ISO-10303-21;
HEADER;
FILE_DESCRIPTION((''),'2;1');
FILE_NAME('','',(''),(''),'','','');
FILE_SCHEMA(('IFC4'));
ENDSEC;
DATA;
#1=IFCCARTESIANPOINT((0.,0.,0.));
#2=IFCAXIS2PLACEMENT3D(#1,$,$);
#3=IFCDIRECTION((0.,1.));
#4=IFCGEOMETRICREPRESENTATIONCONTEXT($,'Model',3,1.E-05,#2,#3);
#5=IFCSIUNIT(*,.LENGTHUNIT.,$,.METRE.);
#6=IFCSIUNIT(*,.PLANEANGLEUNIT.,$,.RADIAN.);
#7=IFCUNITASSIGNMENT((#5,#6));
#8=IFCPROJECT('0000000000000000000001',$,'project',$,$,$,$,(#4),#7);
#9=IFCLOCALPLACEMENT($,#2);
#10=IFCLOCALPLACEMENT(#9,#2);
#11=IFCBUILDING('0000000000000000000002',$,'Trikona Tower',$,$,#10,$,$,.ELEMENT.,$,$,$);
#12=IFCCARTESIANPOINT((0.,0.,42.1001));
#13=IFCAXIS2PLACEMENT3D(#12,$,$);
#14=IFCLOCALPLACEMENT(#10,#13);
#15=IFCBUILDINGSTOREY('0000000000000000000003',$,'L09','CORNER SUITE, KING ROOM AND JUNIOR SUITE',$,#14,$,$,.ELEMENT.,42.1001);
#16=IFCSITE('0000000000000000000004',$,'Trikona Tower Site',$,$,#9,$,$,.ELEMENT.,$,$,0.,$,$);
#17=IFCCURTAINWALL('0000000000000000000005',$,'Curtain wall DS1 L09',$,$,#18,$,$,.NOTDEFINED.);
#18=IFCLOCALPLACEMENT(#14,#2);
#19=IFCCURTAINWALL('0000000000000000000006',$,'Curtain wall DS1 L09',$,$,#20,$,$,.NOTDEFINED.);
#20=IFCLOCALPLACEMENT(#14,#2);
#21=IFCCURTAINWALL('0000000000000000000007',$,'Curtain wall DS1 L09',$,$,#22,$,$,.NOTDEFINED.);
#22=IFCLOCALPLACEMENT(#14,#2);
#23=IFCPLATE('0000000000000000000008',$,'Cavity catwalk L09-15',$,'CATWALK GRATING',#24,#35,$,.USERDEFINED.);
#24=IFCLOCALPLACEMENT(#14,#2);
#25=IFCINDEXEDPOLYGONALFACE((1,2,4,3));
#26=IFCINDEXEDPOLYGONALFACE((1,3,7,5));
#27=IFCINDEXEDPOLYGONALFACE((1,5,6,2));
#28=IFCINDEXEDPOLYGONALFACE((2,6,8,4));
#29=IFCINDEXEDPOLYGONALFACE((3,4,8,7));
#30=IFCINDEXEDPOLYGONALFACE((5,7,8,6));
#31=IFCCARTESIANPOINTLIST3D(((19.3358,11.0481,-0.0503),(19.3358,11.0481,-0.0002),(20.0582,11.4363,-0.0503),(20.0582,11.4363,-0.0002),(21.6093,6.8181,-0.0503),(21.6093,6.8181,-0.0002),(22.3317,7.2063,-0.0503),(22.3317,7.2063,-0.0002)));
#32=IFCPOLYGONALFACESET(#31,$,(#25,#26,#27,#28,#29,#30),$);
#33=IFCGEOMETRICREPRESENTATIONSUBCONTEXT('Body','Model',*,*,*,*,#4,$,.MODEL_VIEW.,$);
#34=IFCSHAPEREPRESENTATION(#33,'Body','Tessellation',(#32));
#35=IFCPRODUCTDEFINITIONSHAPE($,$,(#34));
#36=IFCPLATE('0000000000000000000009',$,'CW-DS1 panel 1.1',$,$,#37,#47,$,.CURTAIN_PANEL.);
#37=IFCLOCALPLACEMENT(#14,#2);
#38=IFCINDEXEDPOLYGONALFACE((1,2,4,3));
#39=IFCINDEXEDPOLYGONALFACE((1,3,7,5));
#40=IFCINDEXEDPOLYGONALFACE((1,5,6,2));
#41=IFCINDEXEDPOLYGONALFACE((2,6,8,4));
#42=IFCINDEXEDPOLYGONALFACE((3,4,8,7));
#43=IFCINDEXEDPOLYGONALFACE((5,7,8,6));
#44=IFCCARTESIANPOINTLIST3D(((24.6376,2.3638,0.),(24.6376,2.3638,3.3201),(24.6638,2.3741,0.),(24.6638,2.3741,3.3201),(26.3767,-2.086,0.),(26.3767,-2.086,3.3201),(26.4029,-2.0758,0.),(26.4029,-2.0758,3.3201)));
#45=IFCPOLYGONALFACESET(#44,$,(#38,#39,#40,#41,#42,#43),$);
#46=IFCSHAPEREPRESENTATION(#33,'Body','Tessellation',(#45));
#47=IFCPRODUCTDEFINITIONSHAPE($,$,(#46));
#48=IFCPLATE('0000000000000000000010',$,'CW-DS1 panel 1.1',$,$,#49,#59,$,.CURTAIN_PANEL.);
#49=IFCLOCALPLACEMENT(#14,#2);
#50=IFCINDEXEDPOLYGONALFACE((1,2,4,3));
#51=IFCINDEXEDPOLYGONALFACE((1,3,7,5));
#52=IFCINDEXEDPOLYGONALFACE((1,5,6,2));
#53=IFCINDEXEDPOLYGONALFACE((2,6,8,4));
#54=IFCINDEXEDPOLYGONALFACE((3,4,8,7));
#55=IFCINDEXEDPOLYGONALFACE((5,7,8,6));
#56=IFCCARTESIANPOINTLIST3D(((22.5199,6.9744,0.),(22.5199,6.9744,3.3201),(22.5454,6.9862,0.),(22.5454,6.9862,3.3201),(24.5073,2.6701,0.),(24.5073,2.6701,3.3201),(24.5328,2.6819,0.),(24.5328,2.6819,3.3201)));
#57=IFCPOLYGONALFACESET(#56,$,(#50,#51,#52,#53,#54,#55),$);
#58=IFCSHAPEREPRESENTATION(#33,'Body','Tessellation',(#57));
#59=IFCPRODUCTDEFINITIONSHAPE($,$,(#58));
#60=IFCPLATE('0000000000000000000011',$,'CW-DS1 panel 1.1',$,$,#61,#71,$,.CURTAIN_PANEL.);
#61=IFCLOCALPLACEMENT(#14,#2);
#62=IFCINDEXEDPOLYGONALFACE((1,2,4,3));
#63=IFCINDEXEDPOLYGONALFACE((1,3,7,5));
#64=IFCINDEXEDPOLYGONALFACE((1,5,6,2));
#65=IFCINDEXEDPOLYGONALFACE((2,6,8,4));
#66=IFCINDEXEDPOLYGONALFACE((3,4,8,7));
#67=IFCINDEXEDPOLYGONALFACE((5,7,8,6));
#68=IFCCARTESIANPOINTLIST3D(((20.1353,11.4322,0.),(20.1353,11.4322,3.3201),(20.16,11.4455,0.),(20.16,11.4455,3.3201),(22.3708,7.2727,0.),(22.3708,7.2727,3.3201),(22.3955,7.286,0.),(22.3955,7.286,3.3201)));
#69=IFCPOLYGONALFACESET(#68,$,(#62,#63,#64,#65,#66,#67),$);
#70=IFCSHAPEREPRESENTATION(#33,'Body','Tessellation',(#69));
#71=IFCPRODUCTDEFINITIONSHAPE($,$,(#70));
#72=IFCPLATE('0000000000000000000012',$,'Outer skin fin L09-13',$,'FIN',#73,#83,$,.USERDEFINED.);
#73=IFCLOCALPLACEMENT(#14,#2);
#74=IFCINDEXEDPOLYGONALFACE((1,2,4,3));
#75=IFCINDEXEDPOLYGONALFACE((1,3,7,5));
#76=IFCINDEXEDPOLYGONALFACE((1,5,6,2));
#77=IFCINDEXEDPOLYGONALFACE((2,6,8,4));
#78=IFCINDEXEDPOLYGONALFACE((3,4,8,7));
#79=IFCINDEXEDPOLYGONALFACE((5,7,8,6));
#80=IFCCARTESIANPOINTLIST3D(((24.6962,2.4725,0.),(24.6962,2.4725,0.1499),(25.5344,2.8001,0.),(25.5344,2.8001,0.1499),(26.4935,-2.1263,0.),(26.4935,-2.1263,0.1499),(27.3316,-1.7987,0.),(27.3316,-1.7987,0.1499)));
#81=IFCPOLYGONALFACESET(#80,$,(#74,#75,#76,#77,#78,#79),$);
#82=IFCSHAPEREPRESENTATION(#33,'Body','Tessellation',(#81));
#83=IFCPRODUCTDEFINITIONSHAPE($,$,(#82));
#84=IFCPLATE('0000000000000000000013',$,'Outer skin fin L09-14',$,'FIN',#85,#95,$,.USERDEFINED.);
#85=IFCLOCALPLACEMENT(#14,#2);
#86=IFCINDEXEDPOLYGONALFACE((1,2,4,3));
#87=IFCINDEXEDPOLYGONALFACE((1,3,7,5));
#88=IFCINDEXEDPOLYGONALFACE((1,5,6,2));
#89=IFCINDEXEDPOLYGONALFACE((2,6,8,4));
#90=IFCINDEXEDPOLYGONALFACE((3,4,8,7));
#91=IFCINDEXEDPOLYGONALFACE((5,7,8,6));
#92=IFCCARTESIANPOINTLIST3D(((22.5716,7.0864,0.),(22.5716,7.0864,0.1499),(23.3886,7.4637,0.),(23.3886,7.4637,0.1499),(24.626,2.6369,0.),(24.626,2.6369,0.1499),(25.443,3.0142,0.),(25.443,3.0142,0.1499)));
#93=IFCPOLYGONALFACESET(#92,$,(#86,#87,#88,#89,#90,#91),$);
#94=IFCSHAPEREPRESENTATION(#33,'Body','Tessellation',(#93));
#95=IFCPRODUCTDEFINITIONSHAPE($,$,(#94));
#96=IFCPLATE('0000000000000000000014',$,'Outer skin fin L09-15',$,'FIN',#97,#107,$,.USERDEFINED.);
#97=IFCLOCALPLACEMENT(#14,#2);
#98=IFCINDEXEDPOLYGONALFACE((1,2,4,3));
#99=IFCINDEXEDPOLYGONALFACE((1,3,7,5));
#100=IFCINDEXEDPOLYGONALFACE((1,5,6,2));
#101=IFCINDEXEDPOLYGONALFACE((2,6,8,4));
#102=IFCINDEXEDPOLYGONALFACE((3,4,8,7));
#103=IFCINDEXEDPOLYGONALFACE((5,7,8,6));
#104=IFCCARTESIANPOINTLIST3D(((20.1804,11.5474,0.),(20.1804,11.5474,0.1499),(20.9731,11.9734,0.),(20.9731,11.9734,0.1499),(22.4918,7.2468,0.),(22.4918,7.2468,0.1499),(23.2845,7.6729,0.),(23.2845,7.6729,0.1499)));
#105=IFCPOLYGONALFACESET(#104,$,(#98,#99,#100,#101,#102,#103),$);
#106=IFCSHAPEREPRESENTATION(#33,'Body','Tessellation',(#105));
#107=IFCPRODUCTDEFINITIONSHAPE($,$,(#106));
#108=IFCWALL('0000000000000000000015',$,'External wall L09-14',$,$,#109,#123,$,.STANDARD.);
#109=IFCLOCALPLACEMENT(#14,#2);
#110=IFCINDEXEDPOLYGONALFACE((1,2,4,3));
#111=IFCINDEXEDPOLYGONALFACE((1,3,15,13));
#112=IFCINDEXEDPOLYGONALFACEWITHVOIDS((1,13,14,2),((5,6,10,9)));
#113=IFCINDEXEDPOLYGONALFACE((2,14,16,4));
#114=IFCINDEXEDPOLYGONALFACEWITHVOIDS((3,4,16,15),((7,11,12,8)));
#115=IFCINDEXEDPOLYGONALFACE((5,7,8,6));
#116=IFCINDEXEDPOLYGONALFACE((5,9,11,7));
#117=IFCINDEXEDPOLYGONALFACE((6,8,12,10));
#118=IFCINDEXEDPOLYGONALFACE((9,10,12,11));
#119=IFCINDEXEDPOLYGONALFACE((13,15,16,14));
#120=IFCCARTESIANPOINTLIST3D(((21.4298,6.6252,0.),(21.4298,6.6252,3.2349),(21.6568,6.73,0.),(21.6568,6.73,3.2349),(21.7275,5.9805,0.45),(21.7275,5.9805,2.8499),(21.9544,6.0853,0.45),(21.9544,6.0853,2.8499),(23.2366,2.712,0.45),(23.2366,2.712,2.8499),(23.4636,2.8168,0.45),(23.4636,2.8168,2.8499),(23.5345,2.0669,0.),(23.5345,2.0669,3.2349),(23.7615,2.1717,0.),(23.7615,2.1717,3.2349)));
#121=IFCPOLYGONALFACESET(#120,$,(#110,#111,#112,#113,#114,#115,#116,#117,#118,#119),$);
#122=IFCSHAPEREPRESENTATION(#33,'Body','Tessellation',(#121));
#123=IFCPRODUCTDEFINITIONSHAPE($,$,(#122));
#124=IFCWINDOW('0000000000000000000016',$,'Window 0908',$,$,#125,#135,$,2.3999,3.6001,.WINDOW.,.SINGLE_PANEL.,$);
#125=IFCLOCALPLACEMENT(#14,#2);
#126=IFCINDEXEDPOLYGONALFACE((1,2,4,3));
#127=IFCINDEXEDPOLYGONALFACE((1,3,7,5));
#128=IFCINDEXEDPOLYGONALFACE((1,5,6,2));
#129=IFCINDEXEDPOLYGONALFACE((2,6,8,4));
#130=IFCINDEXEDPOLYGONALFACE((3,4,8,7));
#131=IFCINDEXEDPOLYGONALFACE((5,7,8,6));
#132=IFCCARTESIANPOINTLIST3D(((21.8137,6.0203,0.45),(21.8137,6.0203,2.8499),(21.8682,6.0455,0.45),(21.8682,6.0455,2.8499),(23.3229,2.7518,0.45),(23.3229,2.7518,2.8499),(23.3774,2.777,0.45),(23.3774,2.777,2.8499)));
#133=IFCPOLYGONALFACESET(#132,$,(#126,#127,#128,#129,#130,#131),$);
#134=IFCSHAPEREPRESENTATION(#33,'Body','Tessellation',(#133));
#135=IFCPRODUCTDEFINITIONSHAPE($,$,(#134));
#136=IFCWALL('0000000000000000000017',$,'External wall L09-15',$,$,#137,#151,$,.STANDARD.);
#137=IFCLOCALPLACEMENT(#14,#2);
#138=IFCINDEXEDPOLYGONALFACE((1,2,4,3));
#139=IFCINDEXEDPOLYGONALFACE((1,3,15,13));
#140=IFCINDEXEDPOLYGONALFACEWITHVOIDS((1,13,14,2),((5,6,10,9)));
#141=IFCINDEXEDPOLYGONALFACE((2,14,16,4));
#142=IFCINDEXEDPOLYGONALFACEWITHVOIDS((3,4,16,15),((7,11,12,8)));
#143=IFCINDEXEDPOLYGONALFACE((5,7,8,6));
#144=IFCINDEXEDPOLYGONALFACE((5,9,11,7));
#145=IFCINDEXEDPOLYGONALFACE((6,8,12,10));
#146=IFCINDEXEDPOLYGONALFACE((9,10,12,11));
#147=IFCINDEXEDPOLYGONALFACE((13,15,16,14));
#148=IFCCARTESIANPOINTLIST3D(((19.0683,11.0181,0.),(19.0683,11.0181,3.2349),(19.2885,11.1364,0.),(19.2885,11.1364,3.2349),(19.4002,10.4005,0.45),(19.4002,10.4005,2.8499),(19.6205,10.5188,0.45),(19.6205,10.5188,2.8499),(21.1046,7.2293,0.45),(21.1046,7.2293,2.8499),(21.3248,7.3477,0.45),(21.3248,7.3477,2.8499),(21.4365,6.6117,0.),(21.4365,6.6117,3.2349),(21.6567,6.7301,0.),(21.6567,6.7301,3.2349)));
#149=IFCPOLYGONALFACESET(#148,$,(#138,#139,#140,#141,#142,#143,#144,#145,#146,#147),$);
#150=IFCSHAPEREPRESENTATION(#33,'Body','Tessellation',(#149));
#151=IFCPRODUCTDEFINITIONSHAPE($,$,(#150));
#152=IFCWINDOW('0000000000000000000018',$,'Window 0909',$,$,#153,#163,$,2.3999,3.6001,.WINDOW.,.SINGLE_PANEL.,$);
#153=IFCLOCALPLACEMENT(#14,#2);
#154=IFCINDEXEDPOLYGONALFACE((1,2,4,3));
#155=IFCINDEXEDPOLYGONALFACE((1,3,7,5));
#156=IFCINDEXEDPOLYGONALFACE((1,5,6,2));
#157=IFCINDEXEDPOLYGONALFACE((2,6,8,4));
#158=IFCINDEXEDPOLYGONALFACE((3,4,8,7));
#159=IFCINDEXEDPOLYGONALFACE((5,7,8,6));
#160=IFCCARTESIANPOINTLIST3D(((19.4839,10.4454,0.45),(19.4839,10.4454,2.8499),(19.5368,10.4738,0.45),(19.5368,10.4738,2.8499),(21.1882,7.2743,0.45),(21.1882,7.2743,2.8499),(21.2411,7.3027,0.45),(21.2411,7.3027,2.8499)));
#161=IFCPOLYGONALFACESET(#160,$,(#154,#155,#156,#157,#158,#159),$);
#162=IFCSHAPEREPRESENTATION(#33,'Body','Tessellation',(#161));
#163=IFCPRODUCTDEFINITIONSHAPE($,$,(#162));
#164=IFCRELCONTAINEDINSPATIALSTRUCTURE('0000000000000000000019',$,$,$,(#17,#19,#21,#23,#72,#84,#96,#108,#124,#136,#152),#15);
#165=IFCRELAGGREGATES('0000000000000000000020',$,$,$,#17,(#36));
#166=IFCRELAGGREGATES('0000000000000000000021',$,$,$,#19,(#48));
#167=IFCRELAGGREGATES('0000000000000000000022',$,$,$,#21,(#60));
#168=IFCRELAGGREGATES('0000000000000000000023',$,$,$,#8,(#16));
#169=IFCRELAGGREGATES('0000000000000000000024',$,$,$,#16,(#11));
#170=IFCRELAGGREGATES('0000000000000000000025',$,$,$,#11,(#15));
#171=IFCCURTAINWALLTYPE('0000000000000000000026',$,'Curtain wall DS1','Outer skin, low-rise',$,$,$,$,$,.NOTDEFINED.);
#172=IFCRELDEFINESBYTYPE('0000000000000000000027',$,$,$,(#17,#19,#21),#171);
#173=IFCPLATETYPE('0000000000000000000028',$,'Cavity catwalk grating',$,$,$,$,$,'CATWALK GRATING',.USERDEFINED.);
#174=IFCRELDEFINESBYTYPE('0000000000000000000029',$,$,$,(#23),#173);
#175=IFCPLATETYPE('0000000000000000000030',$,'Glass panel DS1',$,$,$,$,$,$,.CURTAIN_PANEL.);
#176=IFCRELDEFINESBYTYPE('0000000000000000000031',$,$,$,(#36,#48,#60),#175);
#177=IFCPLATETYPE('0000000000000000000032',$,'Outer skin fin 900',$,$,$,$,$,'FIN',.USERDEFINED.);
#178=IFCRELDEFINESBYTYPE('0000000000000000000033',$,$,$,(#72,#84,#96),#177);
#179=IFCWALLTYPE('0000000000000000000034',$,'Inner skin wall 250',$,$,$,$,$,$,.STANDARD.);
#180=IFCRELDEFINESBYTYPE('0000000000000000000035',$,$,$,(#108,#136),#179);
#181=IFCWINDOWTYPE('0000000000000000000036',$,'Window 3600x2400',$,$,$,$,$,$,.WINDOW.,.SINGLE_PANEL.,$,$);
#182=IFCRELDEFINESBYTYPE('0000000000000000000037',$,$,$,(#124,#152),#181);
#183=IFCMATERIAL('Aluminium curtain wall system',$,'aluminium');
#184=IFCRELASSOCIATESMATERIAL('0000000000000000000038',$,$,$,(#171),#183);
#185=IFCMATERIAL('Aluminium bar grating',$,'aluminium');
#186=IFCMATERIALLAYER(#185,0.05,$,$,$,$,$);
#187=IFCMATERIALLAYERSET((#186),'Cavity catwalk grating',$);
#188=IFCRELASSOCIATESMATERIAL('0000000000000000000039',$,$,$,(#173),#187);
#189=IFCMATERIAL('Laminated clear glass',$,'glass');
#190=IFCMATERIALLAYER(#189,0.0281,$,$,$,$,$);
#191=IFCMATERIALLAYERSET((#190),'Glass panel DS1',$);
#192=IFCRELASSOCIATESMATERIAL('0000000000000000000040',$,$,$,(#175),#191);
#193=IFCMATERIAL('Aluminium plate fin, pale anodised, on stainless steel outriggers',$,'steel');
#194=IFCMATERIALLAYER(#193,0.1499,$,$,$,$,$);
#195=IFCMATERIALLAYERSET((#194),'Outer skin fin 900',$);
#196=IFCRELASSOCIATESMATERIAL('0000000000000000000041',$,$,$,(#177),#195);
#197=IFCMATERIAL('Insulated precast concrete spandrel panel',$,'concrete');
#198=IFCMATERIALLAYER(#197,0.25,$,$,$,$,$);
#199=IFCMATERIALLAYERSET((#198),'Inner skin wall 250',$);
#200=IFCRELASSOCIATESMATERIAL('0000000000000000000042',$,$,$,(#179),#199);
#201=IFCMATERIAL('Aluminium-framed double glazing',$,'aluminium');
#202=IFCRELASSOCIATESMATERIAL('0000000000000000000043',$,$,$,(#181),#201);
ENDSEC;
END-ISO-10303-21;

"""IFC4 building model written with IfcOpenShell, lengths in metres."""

from ifc_helpers import new_model, si_unit, direction, frame, frame_2d, origin, origin_2d, place, context, subcontext, project, spatial, rectangle, extrude, material, layer, layer_set, type_object, element, fill, aggregate, save


model = new_model("IFC4")

# Units and contexts
model_context = context("Model", 3, precision=1e-05, world=origin(), true_north=direction((0.0, 1.0)))
body_context = subcontext(model_context, "Body", "Model", "MODEL_VIEW")
ifc_project = project(units=[si_unit("LENGTHUNIT", "METRE"), si_unit("PLANEANGLEUNIT", "RADIAN")], contexts=[model_context])

# Site, building, storey
site_placement = place(None, origin())
site = spatial("IfcSite", under=ifc_project, at=site_placement, Name="Trikona Tower Site", CompositionType="ELEMENT", RefElevation=0.0)
building_placement = place(site_placement, origin())
building = spatial("IfcBuilding", under=site, at=building_placement, Name="Trikona Tower", CompositionType="ELEMENT")
storey_placement = place(building_placement, frame((0.0, 0.0, 42.1001)))
storey = spatial("IfcBuildingStorey", under=building, at=storey_placement, Name="L09", Description="CORNER SUITE, KING ROOM AND JUNIOR SUITE", CompositionType="ELEMENT", Elevation=42.1001)

# Curtain wall
ifc_material_1 = material(Name="Aluminium curtain wall system", Category="aluminium")
curtain_wall_type = type_object("IfcCurtainWallType", Name="Curtain wall DS1", Description="Outer skin, low-rise", PredefinedType="NOTDEFINED", material=ifc_material_1)
curtain_wall_1_placement = place(storey_placement, origin())
curtain_wall_1 = element("IfcCurtainWall", 1, at=curtain_wall_1_placement, inside=storey, type_object=curtain_wall_type, Name="Curtain wall DS1 L09", PredefinedType="NOTDEFINED")

# Curtain walls
curtain_wall_2_placement = place(storey_placement, origin())
curtain_wall_2 = element("IfcCurtainWall", 2, at=curtain_wall_2_placement, inside=storey, type_object=curtain_wall_type, Name="Curtain wall DS1 L09", PredefinedType="NOTDEFINED")
curtain_wall_3_placement = place(storey_placement, origin())
curtain_wall_3 = element("IfcCurtainWall", 3, at=curtain_wall_3_placement, inside=storey, type_object=curtain_wall_type, Name="Curtain wall DS1 L09", PredefinedType="NOTDEFINED")

# Plate
ifc_material_2 = material(Name="Aluminium bar grating", Category="aluminium")
ifc_layer_1 = layer(ifc_material_2, 0.05)
ifc_layer_set_1 = layer_set([ifc_layer_1], Name="Cavity catwalk grating")
plate_type_1 = type_object("IfcPlateType", Name="Cavity catwalk grating", ElementType="CATWALK GRATING", PredefinedType="USERDEFINED", material=ifc_layer_set_1)
plate_1_placement = place(storey_placement, frame((20.8337, 9.1272, -0.0503), z_axis=(0.0, 0.0, 1.0), x_axis=(-0.473423, 0.880835, 0.0)))
element("IfcPlate", 4, at=plate_1_placement, inside=storey, type_object=plate_type_1, Name="Cavity catwalk L09-15", ObjectType="CATWALK GRATING", PredefinedType="USERDEFINED", context=body_context, shape_type="SweptSolid", body=[
    extrude(rectangle(XDim=4.8022, YDim=0.8201, at=origin_2d()), origin(), (0.0, 0.0, 1.0), 0.05),
])

# Plates
ifc_material_3 = material(Name="Laminated clear glass", Category="glass")
ifc_layer_2 = layer(ifc_material_3, 0.0281)
ifc_layer_set_2 = layer_set([ifc_layer_2], Name="Glass panel DS1")
plate_type_2 = type_object("IfcPlateType", Name="Glass panel DS1", PredefinedType="CURTAIN_PANEL", material=ifc_layer_set_2)
plate_2_placement = place(storey_placement, frame((25.5203, 0.144, 0.0), z_axis=(0.0, 0.0, 1.0), x_axis=(-0.364008, 0.931396, 0.0)))
plate_2 = element("IfcPlate", 5, at=plate_2_placement, type_object=plate_type_2, Name="CW-DS1 panel 1.1", PredefinedType="CURTAIN_PANEL", context=body_context, shape_type="SweptSolid", body=[
    extrude(rectangle(XDim=4.7776, YDim=0.0281, at=origin_2d()), origin(), (0.0, 0.0, 1.0), 3.3201),
])
aggregate(curtain_wall_1, [plate_2])
plate_3_placement = place(storey_placement, frame((23.5264, 4.8281, 0.0), z_axis=(0.0, 0.0, 1.0), x_axis=(-0.41919, 0.907898, 0.0)))
plate_3 = element("IfcPlate", 6, at=plate_3_placement, type_object=plate_type_2, Name="CW-DS1 panel 1.1", PredefinedType="CURTAIN_PANEL", context=body_context, shape_type="SweptSolid", body=[
    extrude(rectangle(XDim=4.741, YDim=0.0281, at=origin_2d()), origin(), (0.0, 0.0, 1.0), 3.3201),
])
aggregate(curtain_wall_2, [plate_3])
plate_4_placement = place(storey_placement, frame((21.2654, 9.3591, 0.0), z_axis=(0.0, 0.0, 1.0), x_axis=(-0.473408, 0.880843, 0.0)))
plate_4 = element("IfcPlate", 7, at=plate_4_placement, type_object=plate_type_2, Name="CW-DS1 panel 1.1", PredefinedType="CURTAIN_PANEL", context=body_context, shape_type="SweptSolid", body=[
    extrude(rectangle(XDim=4.7222, YDim=0.0281, at=origin_2d()), origin(), (0.0, 0.0, 1.0), 3.3201),
])
aggregate(curtain_wall_3, [plate_4])

# Plates
ifc_material_4 = material(Name="Aluminium plate fin, pale anodised, on stainless steel outriggers", Category="steel")
ifc_layer_3 = layer(ifc_material_4, 0.1499)
ifc_layer_set_3 = layer_set([ifc_layer_3], Name="Outer skin fin 900")
plate_type_3 = type_object("IfcPlateType", Name="Outer skin fin 900", ElementType="FIN", PredefinedType="USERDEFINED", material=ifc_layer_set_3)
plate_5_placement = place(storey_placement, frame((26.0139, 0.3369, 0.0), z_axis=(0.0, 0.0, 1.0), x_axis=(-0.364009, 0.931395, 0.0)))
element("IfcPlate", 8, at=plate_5_placement, inside=storey, type_object=plate_type_3, Name="Outer skin fin L09-13", ObjectType="FIN", PredefinedType="USERDEFINED", context=body_context, shape_type="SweptSolid", body=[
    extrude(rectangle(XDim=4.9375, YDim=0.8999, at=origin_2d()), origin(), (0.0, 0.0, 1.0), 0.1499),
])
plate_6_placement = place(storey_placement, frame((24.0073, 5.0503, 0.0), z_axis=(0.0, 0.0, 1.0), x_axis=(-0.419194, 0.907897, 0.0)))
element("IfcPlate", 9, at=plate_6_placement, inside=storey, type_object=plate_type_3, Name="Outer skin fin L09-14", ObjectType="FIN", PredefinedType="USERDEFINED", context=body_context, shape_type="SweptSolid", body=[
    extrude(rectangle(XDim=4.9009, YDim=0.8999, at=origin_2d()), origin(), (0.0, 0.0, 1.0), 0.1499),
])
plate_7_placement = place(storey_placement, frame((21.7324, 9.6101, 0.0), z_axis=(0.0, 0.0, 1.0), x_axis=(-0.473423, 0.880835, 0.0)))
element("IfcPlate", 10, at=plate_7_placement, inside=storey, type_object=plate_type_3, Name="Outer skin fin L09-15", ObjectType="FIN", PredefinedType="USERDEFINED", context=body_context, shape_type="SweptSolid", body=[
    extrude(rectangle(XDim=4.8823, YDim=0.8999, at=origin_2d()), origin(), (0.0, 0.0, 1.0), 0.1499),
])

# Walls, openings, windows
ifc_material_5 = material(Name="Insulated precast concrete spandrel panel", Category="concrete")
ifc_layer_4 = layer(ifc_material_5, 0.25)
ifc_layer_set_4 = layer_set([ifc_layer_4], Name="Inner skin wall 250")
wall_type = type_object("IfcWallType", Name="Inner skin wall 250", PredefinedType="STANDARD", material=ifc_layer_set_4)
wall_1_placement = place(storey_placement, frame((23.6479, 2.1194, 0.0), z_axis=(0.0, 0.0, 1.0), x_axis=(-0.419203, 0.907892, 0.0)))
wall_1 = element("IfcWall", 11, at=wall_1_placement, inside=storey, type_object=wall_type, Name="External wall L09-14", PredefinedType="STANDARD", context=body_context, shape_type="SweptSolid", body=[
    extrude(rectangle(XDim=5.0208, YDim=0.25, at=frame_2d((2.5103, 0.0))), origin(), (0.0, 0.0, 1.0), 3.2349),
])
opening_1_placement = place(wall_1_placement, frame((0.7104, 0.0, 0.45)))
opening_1 = element("IfcOpeningElement", 12, at=opening_1_placement, cuts=wall_1, PredefinedType="OPENING", context=body_context, shape_type="SweptSolid", body=[
    extrude(rectangle(XDim=3.6001, YDim=2.3999, at=frame_2d((1.8, 1.2))), frame((0.0, 0.135, 0.0), z_axis=(0.0, -1.0, 0.0), x_axis=(1.0, 0.0, 0.0)), (0.0, 0.0, 1.0), 0.27),
])
ifc_material_6 = material(Name="Aluminium-framed double glazing", Category="aluminium")
window_type = type_object("IfcWindowType", Name="Window 3600x2400", PartitioningType="SINGLE_PANEL", PredefinedType="WINDOW", material=ifc_material_6)
window_1_placement = place(opening_1_placement, origin())
window_1 = element("IfcWindow", 13, at=window_1_placement, inside=storey, type_object=window_type, Name="Window 0908", OverallHeight=2.3999, OverallWidth=3.6001, PartitioningType="SINGLE_PANEL", PredefinedType="WINDOW", context=body_context, shape_type="SweptSolid", body=[
    extrude(rectangle(XDim=3.6001, YDim=2.3999, at=frame_2d((1.8, 1.2))), frame((0.0, 0.03, 0.0), z_axis=(0.0, -1.0, 0.0), x_axis=(1.0, 0.0, 0.0)), (0.0, 0.0, 1.0), 0.0601),
])
fill(opening_1, window_1)
wall_2_placement = place(storey_placement, frame((21.5466, 6.6709, 0.0), z_axis=(0.0, 0.0, 1.0), x_axis=(-0.473413, 0.880841, 0.0)))
wall_2 = element("IfcWall", 14, at=wall_2_placement, inside=storey, type_object=wall_type, Name="External wall L09-15", PredefinedType="STANDARD", context=body_context, shape_type="SweptSolid", body=[
    extrude(rectangle(XDim=5.0024, YDim=0.25, at=frame_2d((2.5012, 0.0))), origin(), (0.0, 0.0, 1.0), 3.2349),
])
opening_2_placement = place(wall_2_placement, frame((0.7012, 0.0, 0.45)))
opening_2 = element("IfcOpeningElement", 15, at=opening_2_placement, cuts=wall_2, PredefinedType="OPENING", context=body_context, shape_type="SweptSolid", body=[
    extrude(rectangle(XDim=3.6001, YDim=2.3999, at=frame_2d((1.8, 1.2))), frame((0.0, 0.135, 0.0), z_axis=(0.0, -1.0, 0.0), x_axis=(1.0, 0.0, 0.0)), (0.0, 0.0, 1.0), 0.27),
])
window_2_placement = place(opening_2_placement, origin())
window_2 = element("IfcWindow", 16, at=window_2_placement, inside=storey, type_object=window_type, Name="Window 0909", OverallHeight=2.3999, OverallWidth=3.6001, PartitioningType="SINGLE_PANEL", PredefinedType="WINDOW", context=body_context, shape_type="SweptSolid", body=[
    extrude(rectangle(XDim=3.6001, YDim=2.3999, at=frame_2d((1.8, 1.2))), frame((0.0, 0.03, 0.0), z_axis=(0.0, -1.0, 0.0), x_axis=(1.0, 0.0, 0.0)), (0.0, 0.0, 1.0), 0.0601),
])
fill(opening_2, window_2)

save(model, "model.ifc")
